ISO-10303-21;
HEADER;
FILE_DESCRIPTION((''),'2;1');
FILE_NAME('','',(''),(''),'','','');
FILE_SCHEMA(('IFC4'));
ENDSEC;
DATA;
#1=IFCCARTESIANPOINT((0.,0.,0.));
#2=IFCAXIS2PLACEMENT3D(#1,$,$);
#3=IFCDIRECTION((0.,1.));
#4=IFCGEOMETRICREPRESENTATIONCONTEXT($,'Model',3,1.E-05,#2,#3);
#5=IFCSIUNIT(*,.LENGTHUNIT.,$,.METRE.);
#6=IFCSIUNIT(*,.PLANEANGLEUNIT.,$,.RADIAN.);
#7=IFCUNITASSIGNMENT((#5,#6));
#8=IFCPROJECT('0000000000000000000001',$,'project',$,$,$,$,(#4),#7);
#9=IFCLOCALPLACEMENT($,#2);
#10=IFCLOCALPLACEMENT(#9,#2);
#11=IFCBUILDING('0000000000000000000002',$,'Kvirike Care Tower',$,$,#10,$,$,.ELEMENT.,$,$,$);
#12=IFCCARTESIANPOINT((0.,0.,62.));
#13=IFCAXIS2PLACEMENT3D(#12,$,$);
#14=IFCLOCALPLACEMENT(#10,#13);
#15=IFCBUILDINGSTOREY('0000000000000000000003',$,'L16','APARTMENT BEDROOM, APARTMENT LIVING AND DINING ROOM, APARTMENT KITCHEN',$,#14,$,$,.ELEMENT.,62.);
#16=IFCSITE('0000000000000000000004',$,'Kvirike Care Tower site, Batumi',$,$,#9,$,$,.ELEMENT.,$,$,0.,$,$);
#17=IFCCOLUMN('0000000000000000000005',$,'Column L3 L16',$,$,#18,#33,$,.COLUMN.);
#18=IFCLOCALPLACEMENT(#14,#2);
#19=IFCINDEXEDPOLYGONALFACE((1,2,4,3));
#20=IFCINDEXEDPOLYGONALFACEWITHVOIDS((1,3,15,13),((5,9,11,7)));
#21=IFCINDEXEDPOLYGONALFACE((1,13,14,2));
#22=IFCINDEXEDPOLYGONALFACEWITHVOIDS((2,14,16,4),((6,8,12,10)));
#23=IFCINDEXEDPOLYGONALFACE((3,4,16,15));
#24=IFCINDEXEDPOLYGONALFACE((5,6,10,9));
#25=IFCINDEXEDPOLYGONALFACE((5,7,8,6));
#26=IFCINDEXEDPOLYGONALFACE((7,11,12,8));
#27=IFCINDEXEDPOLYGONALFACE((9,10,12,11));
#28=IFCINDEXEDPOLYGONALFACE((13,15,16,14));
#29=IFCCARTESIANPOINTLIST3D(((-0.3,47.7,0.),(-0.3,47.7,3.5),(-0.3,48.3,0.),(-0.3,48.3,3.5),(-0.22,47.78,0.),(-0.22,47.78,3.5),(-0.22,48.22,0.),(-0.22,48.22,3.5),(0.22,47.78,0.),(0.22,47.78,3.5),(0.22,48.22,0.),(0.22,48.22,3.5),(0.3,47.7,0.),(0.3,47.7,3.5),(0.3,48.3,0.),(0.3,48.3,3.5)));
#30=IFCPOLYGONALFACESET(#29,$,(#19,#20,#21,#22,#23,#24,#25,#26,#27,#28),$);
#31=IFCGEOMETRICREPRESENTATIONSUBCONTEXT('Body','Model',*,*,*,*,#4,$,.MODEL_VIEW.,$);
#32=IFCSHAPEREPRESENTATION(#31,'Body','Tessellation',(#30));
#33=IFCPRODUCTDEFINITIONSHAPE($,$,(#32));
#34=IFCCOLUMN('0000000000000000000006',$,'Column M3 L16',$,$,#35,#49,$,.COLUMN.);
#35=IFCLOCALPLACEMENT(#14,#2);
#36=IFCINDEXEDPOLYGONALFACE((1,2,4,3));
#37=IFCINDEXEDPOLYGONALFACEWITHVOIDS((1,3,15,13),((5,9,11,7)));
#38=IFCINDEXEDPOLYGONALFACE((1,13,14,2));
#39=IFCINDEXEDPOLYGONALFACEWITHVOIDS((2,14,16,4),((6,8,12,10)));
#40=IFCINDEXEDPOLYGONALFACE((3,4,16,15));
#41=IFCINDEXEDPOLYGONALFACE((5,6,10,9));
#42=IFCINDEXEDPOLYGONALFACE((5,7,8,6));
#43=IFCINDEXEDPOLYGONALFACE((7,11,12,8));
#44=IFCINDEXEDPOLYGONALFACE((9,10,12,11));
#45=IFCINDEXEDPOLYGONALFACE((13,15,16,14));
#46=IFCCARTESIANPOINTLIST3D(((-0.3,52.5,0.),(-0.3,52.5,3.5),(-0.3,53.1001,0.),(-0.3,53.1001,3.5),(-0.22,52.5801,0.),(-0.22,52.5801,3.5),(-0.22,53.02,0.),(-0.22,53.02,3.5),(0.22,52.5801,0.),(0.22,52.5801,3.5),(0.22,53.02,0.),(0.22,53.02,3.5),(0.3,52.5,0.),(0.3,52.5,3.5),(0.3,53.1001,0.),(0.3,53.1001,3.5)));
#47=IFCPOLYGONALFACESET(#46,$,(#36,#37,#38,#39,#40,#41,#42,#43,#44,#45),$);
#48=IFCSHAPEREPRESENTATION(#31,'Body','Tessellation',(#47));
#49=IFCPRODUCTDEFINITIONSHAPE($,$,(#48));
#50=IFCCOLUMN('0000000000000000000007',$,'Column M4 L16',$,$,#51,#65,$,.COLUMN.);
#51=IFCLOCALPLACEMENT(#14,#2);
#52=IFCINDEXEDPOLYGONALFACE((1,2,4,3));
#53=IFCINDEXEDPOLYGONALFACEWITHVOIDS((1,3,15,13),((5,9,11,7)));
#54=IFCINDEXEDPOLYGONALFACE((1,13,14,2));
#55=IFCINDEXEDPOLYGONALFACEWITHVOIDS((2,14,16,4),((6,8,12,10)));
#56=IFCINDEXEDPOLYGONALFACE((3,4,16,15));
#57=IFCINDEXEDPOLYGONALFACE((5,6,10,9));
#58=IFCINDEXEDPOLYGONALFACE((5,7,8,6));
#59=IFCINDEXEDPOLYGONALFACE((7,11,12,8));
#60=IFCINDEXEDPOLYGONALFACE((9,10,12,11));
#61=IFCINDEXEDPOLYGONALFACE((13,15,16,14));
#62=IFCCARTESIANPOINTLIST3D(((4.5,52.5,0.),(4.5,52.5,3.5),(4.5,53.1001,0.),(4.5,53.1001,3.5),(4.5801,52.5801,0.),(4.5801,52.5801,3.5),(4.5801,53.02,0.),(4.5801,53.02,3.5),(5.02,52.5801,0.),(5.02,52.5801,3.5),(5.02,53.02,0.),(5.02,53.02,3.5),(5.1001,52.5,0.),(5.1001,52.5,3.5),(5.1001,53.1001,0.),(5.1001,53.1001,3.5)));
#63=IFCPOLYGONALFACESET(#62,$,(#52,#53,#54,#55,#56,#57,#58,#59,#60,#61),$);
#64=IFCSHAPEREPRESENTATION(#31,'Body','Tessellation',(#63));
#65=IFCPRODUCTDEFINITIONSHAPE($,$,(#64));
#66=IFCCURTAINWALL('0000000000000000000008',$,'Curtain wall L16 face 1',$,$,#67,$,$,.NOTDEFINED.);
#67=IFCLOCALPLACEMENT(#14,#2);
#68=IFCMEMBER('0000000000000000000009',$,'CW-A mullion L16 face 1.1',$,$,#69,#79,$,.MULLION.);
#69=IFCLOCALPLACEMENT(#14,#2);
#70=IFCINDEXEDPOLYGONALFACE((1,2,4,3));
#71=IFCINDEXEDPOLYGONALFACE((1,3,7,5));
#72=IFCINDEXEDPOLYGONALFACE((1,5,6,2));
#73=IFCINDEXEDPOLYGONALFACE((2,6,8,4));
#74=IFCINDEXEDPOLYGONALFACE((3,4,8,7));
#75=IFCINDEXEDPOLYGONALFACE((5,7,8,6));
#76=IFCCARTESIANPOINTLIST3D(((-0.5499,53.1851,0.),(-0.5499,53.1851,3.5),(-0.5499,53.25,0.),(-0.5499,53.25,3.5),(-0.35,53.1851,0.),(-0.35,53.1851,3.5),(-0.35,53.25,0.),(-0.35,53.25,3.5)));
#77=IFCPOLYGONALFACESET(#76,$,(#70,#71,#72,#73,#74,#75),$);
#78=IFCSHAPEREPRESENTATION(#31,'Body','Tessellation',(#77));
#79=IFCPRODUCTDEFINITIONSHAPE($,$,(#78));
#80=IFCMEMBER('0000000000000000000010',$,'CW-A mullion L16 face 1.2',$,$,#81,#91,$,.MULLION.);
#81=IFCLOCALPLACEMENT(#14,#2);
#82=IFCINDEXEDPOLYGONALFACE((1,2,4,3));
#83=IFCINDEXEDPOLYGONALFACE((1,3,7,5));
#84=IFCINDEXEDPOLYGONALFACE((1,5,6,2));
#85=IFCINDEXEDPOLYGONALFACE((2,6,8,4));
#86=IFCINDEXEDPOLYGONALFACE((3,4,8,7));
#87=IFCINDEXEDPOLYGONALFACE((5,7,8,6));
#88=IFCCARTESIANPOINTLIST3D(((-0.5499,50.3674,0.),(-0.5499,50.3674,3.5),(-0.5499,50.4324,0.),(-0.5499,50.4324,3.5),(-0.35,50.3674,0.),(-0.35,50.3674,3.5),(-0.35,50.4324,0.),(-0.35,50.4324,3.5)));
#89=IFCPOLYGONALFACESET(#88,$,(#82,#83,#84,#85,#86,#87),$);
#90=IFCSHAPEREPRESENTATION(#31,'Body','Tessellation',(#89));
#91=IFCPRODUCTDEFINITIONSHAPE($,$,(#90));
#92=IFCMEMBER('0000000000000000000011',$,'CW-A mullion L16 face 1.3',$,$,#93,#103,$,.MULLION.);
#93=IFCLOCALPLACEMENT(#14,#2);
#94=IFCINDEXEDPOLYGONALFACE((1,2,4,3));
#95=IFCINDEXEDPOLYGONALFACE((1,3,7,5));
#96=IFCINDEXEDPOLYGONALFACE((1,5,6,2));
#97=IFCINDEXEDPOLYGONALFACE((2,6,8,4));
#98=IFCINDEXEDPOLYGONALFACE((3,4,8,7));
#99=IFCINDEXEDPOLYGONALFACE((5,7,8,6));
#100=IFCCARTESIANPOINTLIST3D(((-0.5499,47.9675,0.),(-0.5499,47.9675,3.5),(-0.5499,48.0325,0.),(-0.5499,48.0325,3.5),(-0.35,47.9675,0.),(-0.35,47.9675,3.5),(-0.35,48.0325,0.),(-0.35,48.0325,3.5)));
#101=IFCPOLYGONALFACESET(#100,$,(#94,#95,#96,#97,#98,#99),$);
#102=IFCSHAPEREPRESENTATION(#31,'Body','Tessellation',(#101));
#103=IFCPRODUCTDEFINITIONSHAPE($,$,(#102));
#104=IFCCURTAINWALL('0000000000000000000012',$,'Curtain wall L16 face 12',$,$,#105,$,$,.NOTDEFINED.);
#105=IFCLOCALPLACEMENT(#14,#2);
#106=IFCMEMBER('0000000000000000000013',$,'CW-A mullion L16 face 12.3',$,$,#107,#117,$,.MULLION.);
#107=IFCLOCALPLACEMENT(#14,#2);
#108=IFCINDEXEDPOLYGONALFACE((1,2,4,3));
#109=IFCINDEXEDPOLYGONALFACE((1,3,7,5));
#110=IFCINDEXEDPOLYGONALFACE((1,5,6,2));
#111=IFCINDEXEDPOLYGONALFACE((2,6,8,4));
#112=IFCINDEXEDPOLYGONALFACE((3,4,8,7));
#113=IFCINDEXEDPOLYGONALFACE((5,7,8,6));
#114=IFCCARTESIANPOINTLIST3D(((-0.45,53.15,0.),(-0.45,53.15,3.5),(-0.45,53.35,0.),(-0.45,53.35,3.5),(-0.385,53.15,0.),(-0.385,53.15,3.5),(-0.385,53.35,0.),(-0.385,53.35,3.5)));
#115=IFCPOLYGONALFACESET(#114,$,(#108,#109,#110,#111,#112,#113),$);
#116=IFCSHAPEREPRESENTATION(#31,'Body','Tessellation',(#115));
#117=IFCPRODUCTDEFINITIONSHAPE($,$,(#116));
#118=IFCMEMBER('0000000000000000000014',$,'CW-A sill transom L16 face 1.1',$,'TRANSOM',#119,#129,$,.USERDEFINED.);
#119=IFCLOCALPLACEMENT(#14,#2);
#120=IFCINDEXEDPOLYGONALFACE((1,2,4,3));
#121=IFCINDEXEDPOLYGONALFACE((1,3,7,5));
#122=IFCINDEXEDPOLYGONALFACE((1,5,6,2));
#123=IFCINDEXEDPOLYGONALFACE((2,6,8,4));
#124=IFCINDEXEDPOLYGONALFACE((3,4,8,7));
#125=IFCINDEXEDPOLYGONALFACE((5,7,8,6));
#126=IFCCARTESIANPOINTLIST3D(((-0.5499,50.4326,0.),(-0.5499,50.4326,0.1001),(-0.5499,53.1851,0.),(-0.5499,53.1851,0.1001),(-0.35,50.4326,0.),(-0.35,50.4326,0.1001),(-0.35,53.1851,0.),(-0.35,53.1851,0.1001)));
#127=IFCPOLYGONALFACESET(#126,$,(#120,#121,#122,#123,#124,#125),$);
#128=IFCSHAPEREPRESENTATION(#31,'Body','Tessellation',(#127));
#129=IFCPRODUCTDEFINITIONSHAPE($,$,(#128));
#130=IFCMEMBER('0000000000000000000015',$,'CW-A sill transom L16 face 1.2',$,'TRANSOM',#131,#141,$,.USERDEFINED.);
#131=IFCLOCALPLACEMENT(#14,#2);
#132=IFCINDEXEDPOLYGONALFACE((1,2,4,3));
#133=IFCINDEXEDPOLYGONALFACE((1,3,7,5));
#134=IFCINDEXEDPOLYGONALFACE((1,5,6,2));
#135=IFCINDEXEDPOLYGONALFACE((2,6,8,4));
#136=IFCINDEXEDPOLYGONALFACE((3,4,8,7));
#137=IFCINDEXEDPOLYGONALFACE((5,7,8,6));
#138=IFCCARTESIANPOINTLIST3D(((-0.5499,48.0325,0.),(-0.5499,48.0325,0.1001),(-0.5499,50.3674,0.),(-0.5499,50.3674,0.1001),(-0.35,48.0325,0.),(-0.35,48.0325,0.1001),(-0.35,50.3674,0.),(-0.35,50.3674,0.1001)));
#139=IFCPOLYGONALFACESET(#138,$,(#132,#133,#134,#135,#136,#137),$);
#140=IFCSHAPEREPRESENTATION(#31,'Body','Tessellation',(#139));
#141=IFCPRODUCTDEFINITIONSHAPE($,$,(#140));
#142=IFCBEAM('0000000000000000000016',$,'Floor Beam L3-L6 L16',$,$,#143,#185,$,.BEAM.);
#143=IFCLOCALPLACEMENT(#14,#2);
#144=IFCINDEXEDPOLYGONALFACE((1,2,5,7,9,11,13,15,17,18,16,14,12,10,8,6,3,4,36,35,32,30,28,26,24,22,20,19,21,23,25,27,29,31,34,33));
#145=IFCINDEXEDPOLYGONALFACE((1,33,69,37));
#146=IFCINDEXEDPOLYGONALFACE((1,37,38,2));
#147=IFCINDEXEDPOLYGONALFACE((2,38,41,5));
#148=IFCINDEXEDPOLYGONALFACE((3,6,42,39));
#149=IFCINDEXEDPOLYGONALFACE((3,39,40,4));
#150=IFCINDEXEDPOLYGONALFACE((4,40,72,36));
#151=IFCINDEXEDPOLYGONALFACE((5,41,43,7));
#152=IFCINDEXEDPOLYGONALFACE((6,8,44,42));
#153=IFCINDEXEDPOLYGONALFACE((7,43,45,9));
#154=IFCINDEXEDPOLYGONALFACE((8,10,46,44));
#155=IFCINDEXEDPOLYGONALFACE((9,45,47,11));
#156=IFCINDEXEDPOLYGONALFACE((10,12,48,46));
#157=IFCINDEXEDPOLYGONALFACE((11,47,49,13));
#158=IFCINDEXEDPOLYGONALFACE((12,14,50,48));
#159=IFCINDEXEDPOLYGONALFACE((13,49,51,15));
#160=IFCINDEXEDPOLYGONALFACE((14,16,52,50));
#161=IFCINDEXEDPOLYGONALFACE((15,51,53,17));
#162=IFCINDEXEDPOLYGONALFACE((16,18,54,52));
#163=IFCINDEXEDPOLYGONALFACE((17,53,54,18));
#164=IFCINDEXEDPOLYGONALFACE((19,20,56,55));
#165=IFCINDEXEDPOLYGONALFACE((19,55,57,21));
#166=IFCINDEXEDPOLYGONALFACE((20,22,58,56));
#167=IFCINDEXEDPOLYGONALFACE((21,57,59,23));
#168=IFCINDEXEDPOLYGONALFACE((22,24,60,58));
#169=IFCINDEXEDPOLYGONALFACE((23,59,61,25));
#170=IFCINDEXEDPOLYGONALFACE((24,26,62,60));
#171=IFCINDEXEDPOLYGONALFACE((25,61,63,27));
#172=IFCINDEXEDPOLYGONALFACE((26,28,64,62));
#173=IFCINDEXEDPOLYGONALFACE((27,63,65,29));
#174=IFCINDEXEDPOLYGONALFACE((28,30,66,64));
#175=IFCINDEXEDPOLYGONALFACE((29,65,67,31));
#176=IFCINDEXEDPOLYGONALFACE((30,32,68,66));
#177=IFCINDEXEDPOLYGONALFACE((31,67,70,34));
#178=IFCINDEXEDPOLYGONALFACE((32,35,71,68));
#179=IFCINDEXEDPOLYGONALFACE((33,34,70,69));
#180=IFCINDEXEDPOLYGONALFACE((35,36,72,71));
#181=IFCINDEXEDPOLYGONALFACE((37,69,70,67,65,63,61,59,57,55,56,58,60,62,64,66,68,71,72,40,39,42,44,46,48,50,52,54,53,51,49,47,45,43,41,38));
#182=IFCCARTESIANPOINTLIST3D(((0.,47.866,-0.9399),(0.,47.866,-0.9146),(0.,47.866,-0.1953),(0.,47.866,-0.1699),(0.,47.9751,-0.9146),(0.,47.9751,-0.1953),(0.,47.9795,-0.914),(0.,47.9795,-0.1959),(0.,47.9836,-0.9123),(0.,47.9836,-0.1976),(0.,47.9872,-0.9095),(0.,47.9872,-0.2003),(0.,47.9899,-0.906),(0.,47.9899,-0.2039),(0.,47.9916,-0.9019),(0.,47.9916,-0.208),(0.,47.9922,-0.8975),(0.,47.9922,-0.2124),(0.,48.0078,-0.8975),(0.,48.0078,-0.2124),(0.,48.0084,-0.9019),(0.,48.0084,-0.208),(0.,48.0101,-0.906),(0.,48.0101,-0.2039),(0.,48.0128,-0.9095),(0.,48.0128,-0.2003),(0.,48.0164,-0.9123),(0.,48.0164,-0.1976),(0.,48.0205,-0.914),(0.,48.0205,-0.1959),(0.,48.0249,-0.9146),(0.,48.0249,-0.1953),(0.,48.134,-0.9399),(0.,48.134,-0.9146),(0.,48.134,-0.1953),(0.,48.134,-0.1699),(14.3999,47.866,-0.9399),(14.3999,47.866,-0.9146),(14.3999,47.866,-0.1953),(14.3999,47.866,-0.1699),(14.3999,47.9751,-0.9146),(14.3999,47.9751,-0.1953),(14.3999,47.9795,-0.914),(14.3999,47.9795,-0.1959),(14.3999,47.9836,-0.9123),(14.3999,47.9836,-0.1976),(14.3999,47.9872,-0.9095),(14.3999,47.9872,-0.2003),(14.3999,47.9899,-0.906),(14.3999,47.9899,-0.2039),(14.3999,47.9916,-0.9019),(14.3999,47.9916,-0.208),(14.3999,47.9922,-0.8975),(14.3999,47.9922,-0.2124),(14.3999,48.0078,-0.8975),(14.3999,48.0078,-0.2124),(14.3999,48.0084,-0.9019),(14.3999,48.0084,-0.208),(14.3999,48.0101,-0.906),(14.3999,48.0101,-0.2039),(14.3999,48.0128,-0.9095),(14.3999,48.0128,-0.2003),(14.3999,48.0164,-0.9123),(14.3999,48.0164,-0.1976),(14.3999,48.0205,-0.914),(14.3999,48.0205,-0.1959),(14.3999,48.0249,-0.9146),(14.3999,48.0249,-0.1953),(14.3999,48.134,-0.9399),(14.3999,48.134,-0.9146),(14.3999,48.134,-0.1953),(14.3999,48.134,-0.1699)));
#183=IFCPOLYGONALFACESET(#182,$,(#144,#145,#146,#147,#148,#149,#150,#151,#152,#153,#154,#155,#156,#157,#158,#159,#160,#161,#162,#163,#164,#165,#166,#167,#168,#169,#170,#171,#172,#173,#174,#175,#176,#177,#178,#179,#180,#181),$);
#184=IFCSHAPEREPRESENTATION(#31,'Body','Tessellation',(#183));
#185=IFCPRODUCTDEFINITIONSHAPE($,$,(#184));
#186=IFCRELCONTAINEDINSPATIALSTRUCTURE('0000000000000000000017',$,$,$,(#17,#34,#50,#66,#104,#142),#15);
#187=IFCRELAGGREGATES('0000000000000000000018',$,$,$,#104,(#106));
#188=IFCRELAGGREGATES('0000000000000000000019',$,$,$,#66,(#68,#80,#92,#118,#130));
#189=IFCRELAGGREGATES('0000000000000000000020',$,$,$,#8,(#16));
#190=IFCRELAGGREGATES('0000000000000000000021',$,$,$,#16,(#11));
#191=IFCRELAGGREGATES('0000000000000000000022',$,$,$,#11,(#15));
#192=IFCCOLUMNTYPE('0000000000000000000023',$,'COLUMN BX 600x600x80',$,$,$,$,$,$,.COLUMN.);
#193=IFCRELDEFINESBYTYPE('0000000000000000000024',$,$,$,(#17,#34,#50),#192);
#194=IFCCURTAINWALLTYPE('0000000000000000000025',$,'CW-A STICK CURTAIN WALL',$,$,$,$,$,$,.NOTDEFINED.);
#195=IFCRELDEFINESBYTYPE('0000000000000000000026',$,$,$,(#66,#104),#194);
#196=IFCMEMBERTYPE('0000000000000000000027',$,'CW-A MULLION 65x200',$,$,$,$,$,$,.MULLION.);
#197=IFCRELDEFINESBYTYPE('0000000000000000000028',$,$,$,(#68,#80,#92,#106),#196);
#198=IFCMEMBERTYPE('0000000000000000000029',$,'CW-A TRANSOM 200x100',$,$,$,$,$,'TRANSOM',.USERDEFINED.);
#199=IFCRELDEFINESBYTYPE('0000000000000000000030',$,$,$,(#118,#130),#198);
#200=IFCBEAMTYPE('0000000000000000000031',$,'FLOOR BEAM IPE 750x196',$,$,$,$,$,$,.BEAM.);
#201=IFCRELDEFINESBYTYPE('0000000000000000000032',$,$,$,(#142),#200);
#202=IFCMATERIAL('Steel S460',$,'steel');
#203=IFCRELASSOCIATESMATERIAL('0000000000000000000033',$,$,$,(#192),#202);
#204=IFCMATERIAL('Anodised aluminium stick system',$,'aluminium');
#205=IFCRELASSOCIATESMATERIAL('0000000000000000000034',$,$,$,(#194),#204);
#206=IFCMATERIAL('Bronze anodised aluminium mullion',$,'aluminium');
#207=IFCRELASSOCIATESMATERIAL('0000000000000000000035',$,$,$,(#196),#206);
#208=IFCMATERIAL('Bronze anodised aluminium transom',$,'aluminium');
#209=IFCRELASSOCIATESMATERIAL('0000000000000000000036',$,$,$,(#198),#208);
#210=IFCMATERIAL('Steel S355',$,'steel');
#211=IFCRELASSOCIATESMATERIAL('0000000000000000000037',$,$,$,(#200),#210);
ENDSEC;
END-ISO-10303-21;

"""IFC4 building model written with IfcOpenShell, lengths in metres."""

from ifc_helpers import new_model, si_unit, direction, frame, origin, origin_2d, place, context, subcontext, project, spatial, rectangle, hollow_rectangle, i_section, extrude, material, material_profile, profile_set, type_object, element, aggregate, save


model = new_model("IFC4")

# Units and contexts
model_context = context("Model", 3, precision=1e-05, world=origin(), true_north=direction((0.0, 1.0)))
body_context = subcontext(model_context, "Body", "Model", "MODEL_VIEW")
ifc_project = project(units=[si_unit("LENGTHUNIT", "METRE"), si_unit("PLANEANGLEUNIT", "RADIAN")], contexts=[model_context])

# Site, building, storey
site_placement = place(None, origin())
site = spatial("IfcSite", under=ifc_project, at=site_placement, Name="Kvirike Care Tower site, Batumi", CompositionType="ELEMENT", RefElevation=0.0)
building_placement = place(site_placement, origin())
building = spatial("IfcBuilding", under=site, at=building_placement, Name="Kvirike Care Tower", CompositionType="ELEMENT")
storey_placement = place(building_placement, frame((0.0, 0.0, 62.0)))
storey = spatial("IfcBuildingStorey", under=building, at=storey_placement, Name="L16", Description="APARTMENT BEDROOM, APARTMENT LIVING AND DINING ROOM, APARTMENT KITCHEN", CompositionType="ELEMENT", Elevation=62.0)

# Columns
ifc_material_1 = material(Name="Steel S460", Category="steel")
ifc_material_profile_1 = material_profile(ifc_material_1, hollow_rectangle(XDim=0.6001, YDim=0.6001, WallThickness=0.0801, at=origin_2d()), Name="BX 600x600x80")
ifc_profile_set_1 = profile_set([ifc_material_profile_1], Name="Steel S460")
column_type = type_object("IfcColumnType", Name="COLUMN BX 600x600x80", PredefinedType="COLUMN", material=ifc_profile_set_1)
for number, where, z_axis, x_axis, name in (
    (1, (0.0, 48.0, 0.0), (0.0, 0.0, 1.0), (1.0, 0.0, 0.0), "Column L3 L16"),
    (2, (0.0, 52.8, 0.0), (0.0, 0.0, 1.0), (0.0, 1.0, 0.0), "Column M3 L16"),
    (3, (4.8, 52.8, 0.0), (0.0, 0.0, 1.0), (0.0, 1.0, 0.0), "Column M4 L16"),
):
    element("IfcColumn", number, at=place(storey_placement, frame(where, z_axis=z_axis, x_axis=x_axis)), inside=storey, type_object=column_type, Name=name, PredefinedType="COLUMN", context=body_context, shape_type="SweptSolid", body=[
        extrude(hollow_rectangle(XDim=0.6001, YDim=0.6001, WallThickness=0.0801, at=origin_2d()), origin(), (0.0, 0.0, 1.0), 3.5),
    ])

# Curtain wall, members
ifc_material_2 = material(Name="Anodised aluminium stick system", Category="aluminium")
curtain_wall_type = type_object("IfcCurtainWallType", Name="CW-A STICK CURTAIN WALL", PredefinedType="NOTDEFINED", material=ifc_material_2)
curtain_wall_1_placement = place(storey_placement, origin())
curtain_wall_1 = element("IfcCurtainWall", 4, at=curtain_wall_1_placement, inside=storey, type_object=curtain_wall_type, Name="Curtain wall L16 face 1", PredefinedType="NOTDEFINED")
ifc_material_3 = material(Name="Bronze anodised aluminium mullion", Category="aluminium")
ifc_material_profile_2 = material_profile(ifc_material_3, rectangle(XDim=0.0649, YDim=0.2, at=origin_2d()), Name="CW-A MULLION 65x200")
ifc_profile_set_2 = profile_set([ifc_material_profile_2], Name="Bronze anodised aluminium mullion")
member_type_1 = type_object("IfcMemberType", Name="CW-A MULLION 65x200", PredefinedType="MULLION", material=ifc_profile_set_2)
member_1_placement = place(storey_placement, frame((-0.45, 53.2175, 0.0), z_axis=(0.0, 0.0, 1.0), x_axis=(0.0, -1.0, 0.0)))
member_1 = element("IfcMember", 5, at=member_1_placement, type_object=member_type_1, Name="CW-A mullion L16 face 1.1", PredefinedType="MULLION", context=body_context, shape_type="SweptSolid", body=[
    extrude(rectangle(XDim=0.0649, YDim=0.2, at=origin_2d()), origin(), (0.0, 0.0, 1.0), 3.5),
])
member_2_placement = place(storey_placement, frame((-0.45, 50.3999, 0.0), z_axis=(0.0, 0.0, 1.0), x_axis=(0.0, -1.0, 0.0)))
member_2 = element("IfcMember", 6, at=member_2_placement, type_object=member_type_1, Name="CW-A mullion L16 face 1.2", PredefinedType="MULLION", context=body_context, shape_type="SweptSolid", body=[
    extrude(rectangle(XDim=0.0649, YDim=0.2, at=origin_2d()), origin(), (0.0, 0.0, 1.0), 3.5),
])
member_3_placement = place(storey_placement, frame((-0.45, 48.0, 0.0), z_axis=(0.0, 0.0, 1.0), x_axis=(0.0, -1.0, 0.0)))
member_3 = element("IfcMember", 7, at=member_3_placement, type_object=member_type_1, Name="CW-A mullion L16 face 1.3", PredefinedType="MULLION", context=body_context, shape_type="SweptSolid", body=[
    extrude(rectangle(XDim=0.0649, YDim=0.2, at=origin_2d()), origin(), (0.0, 0.0, 1.0), 3.5),
])

# Curtain wall, member
curtain_wall_2_placement = place(storey_placement, origin())
curtain_wall_2 = element("IfcCurtainWall", 8, at=curtain_wall_2_placement, inside=storey, type_object=curtain_wall_type, Name="Curtain wall L16 face 12", PredefinedType="NOTDEFINED")
member_4_placement = place(storey_placement, frame((-0.4175, 53.25, 0.0), z_axis=(0.0, 0.0, 1.0), x_axis=(-1.0, 0.0, 0.0)))
member_4 = element("IfcMember", 9, at=member_4_placement, type_object=member_type_1, Name="CW-A mullion L16 face 12.3", PredefinedType="MULLION", context=body_context, shape_type="SweptSolid", body=[
    extrude(rectangle(XDim=0.0649, YDim=0.2, at=origin_2d()), origin(), (0.0, 0.0, 1.0), 3.5),
])
aggregate(curtain_wall_2, [member_4])

# Members
ifc_material_4 = material(Name="Bronze anodised aluminium transom", Category="aluminium")
ifc_material_profile_3 = material_profile(ifc_material_4, rectangle(XDim=0.2, YDim=0.1001, at=origin_2d()), Name="CW-A TRANSOM 200x100")
ifc_profile_set_3 = profile_set([ifc_material_profile_3], Name="Bronze anodised aluminium transom")
member_type_2 = type_object("IfcMemberType", Name="CW-A TRANSOM 200x100", ElementType="TRANSOM", PredefinedType="USERDEFINED", material=ifc_profile_set_3)
member_5_placement = place(storey_placement, frame((-0.45, 53.1851, 0.05), z_axis=(0.0, -1.0, 0.0), x_axis=(1.0, 0.0, 0.0)))
member_5 = element("IfcMember", 10, at=member_5_placement, type_object=member_type_2, Name="CW-A sill transom L16 face 1.1", ObjectType="TRANSOM", PredefinedType="USERDEFINED", context=body_context, shape_type="SweptSolid", body=[
    extrude(rectangle(XDim=0.2, YDim=0.1001, at=origin_2d()), origin(), (0.0, 0.0, 1.0), 2.7524),
])
member_6_placement = place(storey_placement, frame((-0.45, 50.3674, 0.05), z_axis=(0.0, -1.0, 0.0), x_axis=(1.0, 0.0, 0.0)))
member_6 = element("IfcMember", 11, at=member_6_placement, type_object=member_type_2, Name="CW-A sill transom L16 face 1.2", ObjectType="TRANSOM", PredefinedType="USERDEFINED", context=body_context, shape_type="SweptSolid", body=[
    extrude(rectangle(XDim=0.2, YDim=0.1001, at=origin_2d()), origin(), (0.0, 0.0, 1.0), 2.335),
])

# Beam
ifc_material_5 = material(Name="Steel S355", Category="steel")
ifc_material_profile_4 = material_profile(ifc_material_5, i_section(OverallWidth=0.2681, OverallDepth=0.77, WebThickness=0.0156, FlangeThickness=0.0254, FilletRadius=0.0171, at=origin_2d()), Name="IPE 750x196")
ifc_profile_set_4 = profile_set([ifc_material_profile_4], Name="Steel S355")
beam_type_1 = type_object("IfcBeamType", Name="FLOOR BEAM IPE 750x196", PredefinedType="BEAM", material=ifc_profile_set_4)
beam_1_placement = place(storey_placement, frame((0.0, 48.0, -0.5549), z_axis=(1.0, 0.0, 0.0), x_axis=(0.0, 1.0, 0.0)))
element("IfcBeam", 12, at=beam_1_placement, inside=storey, type_object=beam_type_1, Name="Floor Beam L3-L6 L16", PredefinedType="BEAM", context=body_context, shape_type="SweptSolid", body=[
    extrude(i_section(OverallWidth=0.2681, OverallDepth=0.77, WebThickness=0.0156, FlangeThickness=0.0254, FilletRadius=0.0171, at=origin_2d()), origin(), (0.0, 0.0, 1.0), 14.3999),
])

aggregate(curtain_wall_1, [member_1, member_2, member_3, member_5, member_6])

save(model, "model.ifc")
